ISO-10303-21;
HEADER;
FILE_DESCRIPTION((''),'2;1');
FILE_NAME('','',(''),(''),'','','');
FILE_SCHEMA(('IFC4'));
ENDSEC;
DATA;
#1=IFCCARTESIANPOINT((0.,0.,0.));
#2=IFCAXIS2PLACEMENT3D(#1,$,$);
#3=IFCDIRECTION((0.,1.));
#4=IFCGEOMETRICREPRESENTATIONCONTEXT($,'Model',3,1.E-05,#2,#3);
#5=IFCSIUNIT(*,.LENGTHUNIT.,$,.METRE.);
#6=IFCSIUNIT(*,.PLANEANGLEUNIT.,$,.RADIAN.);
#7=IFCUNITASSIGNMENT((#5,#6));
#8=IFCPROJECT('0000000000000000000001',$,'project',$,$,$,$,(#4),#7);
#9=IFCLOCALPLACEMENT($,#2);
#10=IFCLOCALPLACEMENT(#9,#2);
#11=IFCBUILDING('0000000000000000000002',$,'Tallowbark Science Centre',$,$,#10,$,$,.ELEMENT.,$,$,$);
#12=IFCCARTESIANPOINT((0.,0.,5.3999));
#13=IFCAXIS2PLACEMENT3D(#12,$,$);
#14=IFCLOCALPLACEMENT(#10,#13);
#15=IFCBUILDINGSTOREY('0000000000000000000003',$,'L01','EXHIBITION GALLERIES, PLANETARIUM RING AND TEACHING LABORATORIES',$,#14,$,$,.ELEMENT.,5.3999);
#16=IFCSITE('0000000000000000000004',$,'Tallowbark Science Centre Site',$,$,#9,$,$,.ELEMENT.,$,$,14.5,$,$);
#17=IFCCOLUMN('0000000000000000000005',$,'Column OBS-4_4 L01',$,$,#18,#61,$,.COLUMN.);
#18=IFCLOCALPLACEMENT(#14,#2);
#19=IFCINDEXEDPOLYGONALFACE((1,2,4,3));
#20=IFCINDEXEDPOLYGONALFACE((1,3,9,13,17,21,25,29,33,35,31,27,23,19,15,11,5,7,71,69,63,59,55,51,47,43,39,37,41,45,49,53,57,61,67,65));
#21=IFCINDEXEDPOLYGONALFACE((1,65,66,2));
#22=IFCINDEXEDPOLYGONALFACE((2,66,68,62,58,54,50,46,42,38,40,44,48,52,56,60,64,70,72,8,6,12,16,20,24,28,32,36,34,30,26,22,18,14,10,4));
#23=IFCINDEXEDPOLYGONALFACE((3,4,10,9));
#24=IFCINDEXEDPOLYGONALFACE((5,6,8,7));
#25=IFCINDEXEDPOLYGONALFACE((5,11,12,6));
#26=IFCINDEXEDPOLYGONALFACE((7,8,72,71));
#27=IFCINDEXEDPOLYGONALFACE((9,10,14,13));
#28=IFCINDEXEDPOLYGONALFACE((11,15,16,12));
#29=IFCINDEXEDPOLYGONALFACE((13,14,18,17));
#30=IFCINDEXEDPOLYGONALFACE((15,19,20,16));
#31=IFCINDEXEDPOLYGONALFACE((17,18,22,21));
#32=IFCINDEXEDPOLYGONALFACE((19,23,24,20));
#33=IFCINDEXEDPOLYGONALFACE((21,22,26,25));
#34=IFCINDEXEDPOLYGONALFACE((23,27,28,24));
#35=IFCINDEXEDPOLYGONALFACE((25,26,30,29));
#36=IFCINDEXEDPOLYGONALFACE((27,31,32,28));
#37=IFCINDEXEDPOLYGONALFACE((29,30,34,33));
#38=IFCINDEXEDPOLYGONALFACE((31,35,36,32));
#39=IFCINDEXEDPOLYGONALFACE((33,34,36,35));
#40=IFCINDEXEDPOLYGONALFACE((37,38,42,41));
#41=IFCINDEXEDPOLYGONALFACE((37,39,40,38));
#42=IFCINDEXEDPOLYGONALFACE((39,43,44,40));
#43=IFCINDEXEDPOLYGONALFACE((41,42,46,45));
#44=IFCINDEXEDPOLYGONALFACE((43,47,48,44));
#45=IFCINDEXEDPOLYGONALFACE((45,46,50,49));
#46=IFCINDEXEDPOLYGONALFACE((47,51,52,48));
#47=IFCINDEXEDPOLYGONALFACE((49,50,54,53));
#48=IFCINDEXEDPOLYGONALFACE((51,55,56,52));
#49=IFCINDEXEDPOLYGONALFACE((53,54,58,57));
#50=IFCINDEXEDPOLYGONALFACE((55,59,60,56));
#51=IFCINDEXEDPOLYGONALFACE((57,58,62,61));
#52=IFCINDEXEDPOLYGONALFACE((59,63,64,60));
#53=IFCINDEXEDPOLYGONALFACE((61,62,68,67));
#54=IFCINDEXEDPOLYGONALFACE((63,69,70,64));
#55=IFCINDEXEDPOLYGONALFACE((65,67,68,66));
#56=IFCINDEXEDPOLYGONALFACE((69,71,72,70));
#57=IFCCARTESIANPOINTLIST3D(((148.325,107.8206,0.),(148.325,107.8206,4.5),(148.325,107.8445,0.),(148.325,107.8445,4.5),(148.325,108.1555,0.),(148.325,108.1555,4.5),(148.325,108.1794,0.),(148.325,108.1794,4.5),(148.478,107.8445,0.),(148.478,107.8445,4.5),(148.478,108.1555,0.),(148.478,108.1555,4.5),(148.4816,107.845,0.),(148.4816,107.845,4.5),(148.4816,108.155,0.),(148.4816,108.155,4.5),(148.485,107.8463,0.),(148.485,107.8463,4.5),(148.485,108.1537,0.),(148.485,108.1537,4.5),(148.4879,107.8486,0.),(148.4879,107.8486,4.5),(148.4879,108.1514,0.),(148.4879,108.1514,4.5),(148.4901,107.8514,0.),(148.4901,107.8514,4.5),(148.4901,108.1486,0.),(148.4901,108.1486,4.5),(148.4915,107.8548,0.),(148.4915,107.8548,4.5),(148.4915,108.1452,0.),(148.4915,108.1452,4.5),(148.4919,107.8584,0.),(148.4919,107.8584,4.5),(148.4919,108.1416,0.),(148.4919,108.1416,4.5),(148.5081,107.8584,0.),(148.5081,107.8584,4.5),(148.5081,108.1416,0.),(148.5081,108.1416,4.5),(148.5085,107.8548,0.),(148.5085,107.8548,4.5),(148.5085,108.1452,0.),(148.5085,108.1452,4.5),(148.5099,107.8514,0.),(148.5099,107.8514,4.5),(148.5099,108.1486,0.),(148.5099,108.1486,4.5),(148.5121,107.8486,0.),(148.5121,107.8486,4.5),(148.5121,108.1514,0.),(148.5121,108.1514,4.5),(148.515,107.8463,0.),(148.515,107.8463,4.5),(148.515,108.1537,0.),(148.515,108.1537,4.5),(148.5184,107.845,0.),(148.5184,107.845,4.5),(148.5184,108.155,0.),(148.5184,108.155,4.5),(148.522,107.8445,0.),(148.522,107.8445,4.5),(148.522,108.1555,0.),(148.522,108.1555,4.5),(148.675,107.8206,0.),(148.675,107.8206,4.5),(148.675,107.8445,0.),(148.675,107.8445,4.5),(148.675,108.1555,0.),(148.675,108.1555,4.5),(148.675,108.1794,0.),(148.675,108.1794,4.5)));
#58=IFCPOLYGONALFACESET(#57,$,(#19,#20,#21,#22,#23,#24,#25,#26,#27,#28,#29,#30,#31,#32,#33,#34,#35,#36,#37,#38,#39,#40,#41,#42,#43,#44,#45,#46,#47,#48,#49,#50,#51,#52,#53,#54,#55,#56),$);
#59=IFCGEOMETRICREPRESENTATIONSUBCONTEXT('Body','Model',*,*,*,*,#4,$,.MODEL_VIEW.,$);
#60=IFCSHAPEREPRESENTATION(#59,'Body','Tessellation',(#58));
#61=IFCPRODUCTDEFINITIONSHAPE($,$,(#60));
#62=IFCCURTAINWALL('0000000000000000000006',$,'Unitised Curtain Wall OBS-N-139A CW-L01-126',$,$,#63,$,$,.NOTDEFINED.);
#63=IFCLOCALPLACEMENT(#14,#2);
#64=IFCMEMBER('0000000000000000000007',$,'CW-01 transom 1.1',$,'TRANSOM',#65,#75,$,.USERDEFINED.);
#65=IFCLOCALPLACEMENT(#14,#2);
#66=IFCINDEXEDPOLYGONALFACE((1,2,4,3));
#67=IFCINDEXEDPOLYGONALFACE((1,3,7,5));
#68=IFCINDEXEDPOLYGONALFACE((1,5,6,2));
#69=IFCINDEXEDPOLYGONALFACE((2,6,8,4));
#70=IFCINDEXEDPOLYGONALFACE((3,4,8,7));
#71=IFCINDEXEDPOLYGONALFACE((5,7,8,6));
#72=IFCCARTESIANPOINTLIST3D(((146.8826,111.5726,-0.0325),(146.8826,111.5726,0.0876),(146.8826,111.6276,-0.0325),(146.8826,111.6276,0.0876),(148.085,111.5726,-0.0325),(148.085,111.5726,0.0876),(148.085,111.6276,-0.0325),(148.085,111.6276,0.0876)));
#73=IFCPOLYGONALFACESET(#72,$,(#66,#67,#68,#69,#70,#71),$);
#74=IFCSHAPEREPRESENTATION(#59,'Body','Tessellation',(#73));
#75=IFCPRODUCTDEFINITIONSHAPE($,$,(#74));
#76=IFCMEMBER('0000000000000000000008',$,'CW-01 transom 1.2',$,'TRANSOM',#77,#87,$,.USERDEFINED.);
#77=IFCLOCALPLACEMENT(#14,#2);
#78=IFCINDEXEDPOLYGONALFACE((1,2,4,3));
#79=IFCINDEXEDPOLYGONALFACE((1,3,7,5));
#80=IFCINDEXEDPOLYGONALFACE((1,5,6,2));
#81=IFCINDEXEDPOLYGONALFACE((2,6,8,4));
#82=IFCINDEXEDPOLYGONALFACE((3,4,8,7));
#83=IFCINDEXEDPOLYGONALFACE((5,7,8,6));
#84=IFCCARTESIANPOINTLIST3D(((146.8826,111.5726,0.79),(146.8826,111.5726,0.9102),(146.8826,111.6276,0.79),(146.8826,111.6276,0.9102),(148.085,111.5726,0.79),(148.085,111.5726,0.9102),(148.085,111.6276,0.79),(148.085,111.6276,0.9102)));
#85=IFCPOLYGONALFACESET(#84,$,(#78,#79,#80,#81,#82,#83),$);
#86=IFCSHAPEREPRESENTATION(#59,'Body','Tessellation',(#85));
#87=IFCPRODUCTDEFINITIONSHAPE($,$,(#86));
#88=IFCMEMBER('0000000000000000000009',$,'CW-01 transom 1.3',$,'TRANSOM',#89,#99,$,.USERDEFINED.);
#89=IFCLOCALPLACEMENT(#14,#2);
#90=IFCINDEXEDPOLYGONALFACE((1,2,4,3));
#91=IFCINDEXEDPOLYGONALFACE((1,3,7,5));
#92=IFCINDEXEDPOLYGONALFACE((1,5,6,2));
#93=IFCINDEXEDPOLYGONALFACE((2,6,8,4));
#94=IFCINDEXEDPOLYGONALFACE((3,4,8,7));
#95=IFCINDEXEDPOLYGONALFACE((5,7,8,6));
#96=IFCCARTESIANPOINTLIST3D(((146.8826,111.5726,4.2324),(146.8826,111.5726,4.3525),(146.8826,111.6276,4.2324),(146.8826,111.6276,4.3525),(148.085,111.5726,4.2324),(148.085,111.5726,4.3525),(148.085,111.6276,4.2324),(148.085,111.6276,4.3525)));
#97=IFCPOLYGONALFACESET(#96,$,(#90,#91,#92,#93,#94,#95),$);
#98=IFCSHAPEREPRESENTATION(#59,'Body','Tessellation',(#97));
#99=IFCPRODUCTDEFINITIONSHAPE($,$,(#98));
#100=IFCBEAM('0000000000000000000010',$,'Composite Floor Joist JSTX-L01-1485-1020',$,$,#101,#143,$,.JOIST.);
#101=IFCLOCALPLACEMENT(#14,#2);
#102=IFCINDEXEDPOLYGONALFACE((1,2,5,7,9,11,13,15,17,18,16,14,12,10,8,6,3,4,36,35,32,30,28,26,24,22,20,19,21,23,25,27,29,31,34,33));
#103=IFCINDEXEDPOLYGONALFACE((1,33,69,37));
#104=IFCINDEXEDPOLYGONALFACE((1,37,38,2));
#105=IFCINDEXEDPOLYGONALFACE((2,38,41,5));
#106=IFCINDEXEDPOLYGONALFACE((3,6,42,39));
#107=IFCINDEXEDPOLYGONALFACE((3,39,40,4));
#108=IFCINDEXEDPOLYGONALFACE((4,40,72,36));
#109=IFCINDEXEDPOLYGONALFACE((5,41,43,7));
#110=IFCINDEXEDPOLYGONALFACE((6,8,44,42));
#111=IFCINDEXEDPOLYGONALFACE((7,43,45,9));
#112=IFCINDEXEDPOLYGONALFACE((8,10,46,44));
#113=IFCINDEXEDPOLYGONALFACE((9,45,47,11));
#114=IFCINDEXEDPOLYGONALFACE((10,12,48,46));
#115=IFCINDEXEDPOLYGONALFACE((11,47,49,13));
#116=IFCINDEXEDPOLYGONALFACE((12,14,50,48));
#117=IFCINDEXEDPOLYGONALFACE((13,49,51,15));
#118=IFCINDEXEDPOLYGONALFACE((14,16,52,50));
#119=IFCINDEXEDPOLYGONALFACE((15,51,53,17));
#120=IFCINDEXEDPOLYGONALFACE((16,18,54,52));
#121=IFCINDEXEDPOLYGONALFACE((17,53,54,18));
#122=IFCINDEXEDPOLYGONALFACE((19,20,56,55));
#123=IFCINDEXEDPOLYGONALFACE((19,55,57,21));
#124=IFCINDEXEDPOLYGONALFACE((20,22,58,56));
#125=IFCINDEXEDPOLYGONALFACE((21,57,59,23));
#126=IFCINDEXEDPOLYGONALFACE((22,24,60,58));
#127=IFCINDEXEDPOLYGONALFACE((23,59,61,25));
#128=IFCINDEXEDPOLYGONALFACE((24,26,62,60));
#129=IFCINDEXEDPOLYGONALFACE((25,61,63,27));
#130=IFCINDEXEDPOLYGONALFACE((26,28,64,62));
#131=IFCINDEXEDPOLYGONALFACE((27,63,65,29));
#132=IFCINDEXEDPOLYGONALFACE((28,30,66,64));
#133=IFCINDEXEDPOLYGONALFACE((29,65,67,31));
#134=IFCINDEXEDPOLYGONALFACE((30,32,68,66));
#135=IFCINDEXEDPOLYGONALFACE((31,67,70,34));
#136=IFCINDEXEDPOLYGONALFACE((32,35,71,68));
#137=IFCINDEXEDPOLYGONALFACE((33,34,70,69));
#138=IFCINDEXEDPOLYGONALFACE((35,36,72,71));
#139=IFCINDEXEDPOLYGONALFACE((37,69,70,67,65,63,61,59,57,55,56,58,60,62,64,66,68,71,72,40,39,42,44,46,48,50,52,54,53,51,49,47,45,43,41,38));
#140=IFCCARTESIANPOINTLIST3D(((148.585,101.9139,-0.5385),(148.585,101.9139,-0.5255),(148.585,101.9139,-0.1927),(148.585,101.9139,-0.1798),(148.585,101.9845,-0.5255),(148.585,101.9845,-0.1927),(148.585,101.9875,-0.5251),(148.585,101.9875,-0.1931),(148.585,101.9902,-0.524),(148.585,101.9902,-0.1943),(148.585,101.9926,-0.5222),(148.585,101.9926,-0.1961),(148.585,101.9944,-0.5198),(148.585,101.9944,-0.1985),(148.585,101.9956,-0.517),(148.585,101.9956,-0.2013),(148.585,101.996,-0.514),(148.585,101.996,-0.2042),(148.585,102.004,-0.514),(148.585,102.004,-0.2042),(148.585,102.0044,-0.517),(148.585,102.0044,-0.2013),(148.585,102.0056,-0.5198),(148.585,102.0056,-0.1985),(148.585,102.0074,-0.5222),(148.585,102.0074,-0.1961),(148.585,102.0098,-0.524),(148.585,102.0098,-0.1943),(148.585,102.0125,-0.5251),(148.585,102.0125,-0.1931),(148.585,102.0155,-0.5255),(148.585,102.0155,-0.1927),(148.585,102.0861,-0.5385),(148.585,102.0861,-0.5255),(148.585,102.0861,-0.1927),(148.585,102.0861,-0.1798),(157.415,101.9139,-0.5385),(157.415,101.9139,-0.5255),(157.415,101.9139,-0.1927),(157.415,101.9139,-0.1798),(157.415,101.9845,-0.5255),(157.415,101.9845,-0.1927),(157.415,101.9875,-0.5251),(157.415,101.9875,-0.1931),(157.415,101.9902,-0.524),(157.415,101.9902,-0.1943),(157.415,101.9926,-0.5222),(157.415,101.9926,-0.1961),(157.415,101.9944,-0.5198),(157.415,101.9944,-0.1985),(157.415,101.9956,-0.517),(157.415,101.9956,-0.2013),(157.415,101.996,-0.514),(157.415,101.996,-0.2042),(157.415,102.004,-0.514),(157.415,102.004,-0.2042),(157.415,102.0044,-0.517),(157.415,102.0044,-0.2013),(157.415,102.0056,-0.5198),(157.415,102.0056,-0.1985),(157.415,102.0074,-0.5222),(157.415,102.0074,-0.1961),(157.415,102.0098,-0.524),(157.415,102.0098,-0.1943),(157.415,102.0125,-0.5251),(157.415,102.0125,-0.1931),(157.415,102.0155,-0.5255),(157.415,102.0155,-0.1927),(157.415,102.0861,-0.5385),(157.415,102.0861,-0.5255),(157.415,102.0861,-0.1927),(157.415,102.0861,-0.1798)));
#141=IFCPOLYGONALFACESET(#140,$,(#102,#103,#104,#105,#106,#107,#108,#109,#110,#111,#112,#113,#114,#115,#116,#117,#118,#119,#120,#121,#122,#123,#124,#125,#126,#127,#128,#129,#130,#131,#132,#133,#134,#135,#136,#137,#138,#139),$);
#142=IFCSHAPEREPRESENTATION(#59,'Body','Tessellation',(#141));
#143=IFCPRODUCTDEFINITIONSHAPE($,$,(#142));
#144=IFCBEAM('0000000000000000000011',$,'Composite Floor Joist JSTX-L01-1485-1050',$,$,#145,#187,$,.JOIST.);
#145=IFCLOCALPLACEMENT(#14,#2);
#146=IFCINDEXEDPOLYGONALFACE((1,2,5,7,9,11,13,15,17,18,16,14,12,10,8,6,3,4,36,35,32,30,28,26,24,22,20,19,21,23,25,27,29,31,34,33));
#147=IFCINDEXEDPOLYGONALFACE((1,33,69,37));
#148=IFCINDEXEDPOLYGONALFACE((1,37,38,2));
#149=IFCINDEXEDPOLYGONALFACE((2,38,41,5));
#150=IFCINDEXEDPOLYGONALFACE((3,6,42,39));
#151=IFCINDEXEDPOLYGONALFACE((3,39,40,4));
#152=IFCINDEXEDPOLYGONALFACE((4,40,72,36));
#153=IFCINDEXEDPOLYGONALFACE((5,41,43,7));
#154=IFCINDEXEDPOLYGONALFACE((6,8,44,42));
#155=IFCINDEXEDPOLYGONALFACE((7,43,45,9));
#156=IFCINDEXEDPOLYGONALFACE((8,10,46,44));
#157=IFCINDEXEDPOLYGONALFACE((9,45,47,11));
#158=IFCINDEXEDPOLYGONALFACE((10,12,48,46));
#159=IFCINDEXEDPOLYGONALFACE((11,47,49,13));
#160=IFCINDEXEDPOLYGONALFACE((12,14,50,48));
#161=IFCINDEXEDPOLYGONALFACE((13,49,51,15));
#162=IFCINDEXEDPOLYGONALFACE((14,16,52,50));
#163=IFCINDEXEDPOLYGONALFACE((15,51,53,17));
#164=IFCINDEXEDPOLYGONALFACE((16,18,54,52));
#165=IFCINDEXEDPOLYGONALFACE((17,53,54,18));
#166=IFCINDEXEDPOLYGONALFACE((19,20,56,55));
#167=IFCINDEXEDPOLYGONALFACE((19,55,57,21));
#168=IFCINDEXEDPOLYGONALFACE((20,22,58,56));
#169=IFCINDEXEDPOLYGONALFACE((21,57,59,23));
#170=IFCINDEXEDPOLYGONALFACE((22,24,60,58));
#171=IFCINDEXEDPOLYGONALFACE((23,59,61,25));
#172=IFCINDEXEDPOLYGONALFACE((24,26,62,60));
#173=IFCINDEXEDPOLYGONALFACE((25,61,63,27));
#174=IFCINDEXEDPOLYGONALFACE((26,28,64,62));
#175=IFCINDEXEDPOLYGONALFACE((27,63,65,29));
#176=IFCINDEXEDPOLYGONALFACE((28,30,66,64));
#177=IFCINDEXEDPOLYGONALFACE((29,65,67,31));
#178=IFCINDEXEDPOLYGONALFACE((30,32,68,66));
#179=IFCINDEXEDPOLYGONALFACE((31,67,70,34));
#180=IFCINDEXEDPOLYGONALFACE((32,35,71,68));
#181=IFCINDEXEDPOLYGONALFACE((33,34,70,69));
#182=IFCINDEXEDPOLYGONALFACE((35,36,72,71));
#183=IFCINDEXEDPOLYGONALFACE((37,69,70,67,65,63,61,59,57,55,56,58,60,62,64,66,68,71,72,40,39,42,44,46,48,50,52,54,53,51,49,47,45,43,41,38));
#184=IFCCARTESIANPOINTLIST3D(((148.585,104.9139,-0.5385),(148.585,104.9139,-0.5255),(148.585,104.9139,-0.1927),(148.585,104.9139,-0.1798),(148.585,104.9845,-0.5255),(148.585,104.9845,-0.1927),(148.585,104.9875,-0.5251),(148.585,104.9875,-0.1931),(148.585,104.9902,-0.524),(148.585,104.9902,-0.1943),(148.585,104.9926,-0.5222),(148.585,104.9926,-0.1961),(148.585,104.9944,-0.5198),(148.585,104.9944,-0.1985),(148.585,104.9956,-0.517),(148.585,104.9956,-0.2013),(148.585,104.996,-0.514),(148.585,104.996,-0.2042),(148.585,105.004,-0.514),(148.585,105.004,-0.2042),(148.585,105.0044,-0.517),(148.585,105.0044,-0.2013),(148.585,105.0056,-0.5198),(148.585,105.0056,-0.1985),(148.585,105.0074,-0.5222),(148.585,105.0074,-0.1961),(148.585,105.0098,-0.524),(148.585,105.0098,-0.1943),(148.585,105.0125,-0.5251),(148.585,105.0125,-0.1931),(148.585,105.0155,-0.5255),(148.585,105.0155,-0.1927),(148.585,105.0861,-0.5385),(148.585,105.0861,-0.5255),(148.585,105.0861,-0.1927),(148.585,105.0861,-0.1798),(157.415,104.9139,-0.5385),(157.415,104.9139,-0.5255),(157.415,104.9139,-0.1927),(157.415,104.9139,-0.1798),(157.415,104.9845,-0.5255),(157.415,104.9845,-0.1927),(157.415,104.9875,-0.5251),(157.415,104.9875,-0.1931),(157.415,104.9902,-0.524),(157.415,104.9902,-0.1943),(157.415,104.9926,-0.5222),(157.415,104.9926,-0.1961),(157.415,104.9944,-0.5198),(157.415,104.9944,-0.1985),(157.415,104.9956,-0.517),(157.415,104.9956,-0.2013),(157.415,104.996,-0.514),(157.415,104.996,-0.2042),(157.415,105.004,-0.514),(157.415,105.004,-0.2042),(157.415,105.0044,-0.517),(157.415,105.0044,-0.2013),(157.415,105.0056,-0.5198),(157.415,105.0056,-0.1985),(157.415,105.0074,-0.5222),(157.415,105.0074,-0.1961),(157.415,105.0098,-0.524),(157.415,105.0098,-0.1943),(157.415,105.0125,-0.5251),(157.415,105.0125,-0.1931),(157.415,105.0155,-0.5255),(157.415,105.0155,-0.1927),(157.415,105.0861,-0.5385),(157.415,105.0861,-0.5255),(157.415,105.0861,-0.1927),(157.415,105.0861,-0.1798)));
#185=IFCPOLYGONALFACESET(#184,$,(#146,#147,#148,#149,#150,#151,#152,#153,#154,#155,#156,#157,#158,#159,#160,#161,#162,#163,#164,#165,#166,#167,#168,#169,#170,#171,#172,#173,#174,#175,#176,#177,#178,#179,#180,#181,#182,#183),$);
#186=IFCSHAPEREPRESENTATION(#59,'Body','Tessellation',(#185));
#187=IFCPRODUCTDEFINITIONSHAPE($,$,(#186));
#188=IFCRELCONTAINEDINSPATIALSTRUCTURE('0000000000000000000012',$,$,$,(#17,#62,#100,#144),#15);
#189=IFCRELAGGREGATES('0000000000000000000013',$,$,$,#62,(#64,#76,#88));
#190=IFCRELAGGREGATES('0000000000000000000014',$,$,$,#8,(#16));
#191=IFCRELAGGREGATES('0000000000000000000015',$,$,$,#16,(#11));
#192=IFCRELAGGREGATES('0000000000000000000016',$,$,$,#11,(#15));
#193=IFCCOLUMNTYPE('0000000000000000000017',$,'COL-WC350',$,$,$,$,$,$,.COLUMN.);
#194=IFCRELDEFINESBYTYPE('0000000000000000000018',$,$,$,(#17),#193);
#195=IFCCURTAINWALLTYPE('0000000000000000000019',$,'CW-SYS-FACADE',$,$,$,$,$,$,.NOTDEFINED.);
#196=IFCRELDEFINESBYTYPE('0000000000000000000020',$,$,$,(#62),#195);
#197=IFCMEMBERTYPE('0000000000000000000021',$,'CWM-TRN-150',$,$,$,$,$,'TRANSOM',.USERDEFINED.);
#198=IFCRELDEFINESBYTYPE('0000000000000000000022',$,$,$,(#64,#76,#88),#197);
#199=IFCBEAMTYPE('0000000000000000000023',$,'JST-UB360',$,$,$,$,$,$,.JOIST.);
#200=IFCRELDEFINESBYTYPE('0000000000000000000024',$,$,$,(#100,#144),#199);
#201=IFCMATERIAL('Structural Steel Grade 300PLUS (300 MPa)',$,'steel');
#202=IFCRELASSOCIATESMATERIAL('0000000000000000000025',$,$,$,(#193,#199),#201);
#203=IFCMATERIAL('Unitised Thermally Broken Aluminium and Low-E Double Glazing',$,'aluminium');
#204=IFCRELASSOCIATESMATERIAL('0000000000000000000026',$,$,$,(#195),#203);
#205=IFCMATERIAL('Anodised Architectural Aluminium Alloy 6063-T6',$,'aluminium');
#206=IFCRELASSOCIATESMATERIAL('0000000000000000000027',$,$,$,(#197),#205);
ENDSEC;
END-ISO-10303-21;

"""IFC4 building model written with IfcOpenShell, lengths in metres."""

from ifc_helpers import new_model, si_unit, direction, frame, origin, origin_2d, place, context, subcontext, project, spatial, rectangle, i_section, extrude, material, material_profile, profile_set, type_object, element, aggregate, save


model = new_model("IFC4")

# Units and contexts
model_context = context("Model", 3, precision=1e-05, world=origin(), true_north=direction((0.0, 1.0)))
body_context = subcontext(model_context, "Body", "Model", "MODEL_VIEW")
ifc_project = project(units=[si_unit("LENGTHUNIT", "METRE"), si_unit("PLANEANGLEUNIT", "RADIAN")], contexts=[model_context])

# Site, building, storey
site_placement = place(None, origin())
site = spatial("IfcSite", under=ifc_project, at=site_placement, Name="Tallowbark Science Centre Site", CompositionType="ELEMENT", RefElevation=14.5)
building_placement = place(site_placement, origin())
building = spatial("IfcBuilding", under=site, at=building_placement, Name="Tallowbark Science Centre", CompositionType="ELEMENT")
storey_placement = place(building_placement, frame((0.0, 0.0, 5.3999)))
storey = spatial("IfcBuildingStorey", under=building, at=storey_placement, Name="L01", Description="EXHIBITION GALLERIES, PLANETARIUM RING AND TEACHING LABORATORIES", CompositionType="ELEMENT", Elevation=5.3999)

# Column
ifc_material_1 = material(Name="Structural Steel Grade 300PLUS (300 MPa)", Category="steel")
ifc_material_profile_1 = material_profile(ifc_material_1, i_section(OverallWidth=0.3501, OverallDepth=0.3589, WebThickness=0.0161, FlangeThickness=0.0239, FilletRadius=0.0139, at=origin_2d()), Name="350WC197")
ifc_profile_set_1 = profile_set([ifc_material_profile_1], Name="Structural Steel Grade 300PLUS (300 MPa)")
column_type = type_object("IfcColumnType", Name="COL-WC350", PredefinedType="COLUMN", material=ifc_profile_set_1)
column_placement = place(storey_placement, frame((148.5, 108.0, 0.0), z_axis=(0.0, 0.0, 1.0), x_axis=(1.0, 0.0, 0.0)))
element("IfcColumn", 1, at=column_placement, inside=storey, type_object=column_type, Name="Column OBS-4_4 L01", PredefinedType="COLUMN", context=body_context, shape_type="SweptSolid", body=[
    extrude(i_section(OverallWidth=0.3501, OverallDepth=0.3589, WebThickness=0.0161, FlangeThickness=0.0239, FilletRadius=0.0139, at=origin_2d()), origin(), (0.0, 0.0, 1.0), 4.5),
])

# Curtain wall, members
ifc_material_2 = material(Name="Unitised Thermally Broken Aluminium and Low-E Double Glazing", Category="aluminium")
curtain_wall_type = type_object("IfcCurtainWallType", Name="CW-SYS-FACADE", PredefinedType="NOTDEFINED", material=ifc_material_2)
curtain_wall_placement = place(storey_placement, origin())
curtain_wall = element("IfcCurtainWall", 2, at=curtain_wall_placement, inside=storey, type_object=curtain_wall_type, Name="Unitised Curtain Wall OBS-N-139A CW-L01-126", PredefinedType="NOTDEFINED")
ifc_material_3 = material(Name="Anodised Architectural Aluminium Alloy 6063-T6", Category="aluminium")
ifc_material_profile_2 = material_profile(ifc_material_3, rectangle(XDim=0.0549, YDim=0.1201, at=origin_2d()), Name="ALU55x120")
ifc_profile_set_2 = profile_set([ifc_material_profile_2], Name="Anodised Architectural Aluminium Alloy 6063-T6")
member_type = type_object("IfcMemberType", Name="CWM-TRN-150", ElementType="TRANSOM", PredefinedType="USERDEFINED", material=ifc_profile_set_2)
member_1_placement = place(storey_placement, frame((148.085, 111.6001, 0.0276), z_axis=(-1.0, 0.0, 0.0), x_axis=(0.0, -1.0, 0.0)))
member_1 = element("IfcMember", 3, at=member_1_placement, type_object=member_type, Name="CW-01 transom 1.1", ObjectType="TRANSOM", PredefinedType="USERDEFINED", context=body_context, shape_type="SweptSolid", body=[
    extrude(rectangle(XDim=0.0549, YDim=0.1201, at=origin_2d()), origin(), (0.0, 0.0, 1.0), 1.2024),
])
member_2_placement = place(storey_placement, frame((148.085, 111.6001, 0.8501), z_axis=(-1.0, 0.0, 0.0), x_axis=(0.0, -1.0, 0.0)))
member_2 = element("IfcMember", 4, at=member_2_placement, type_object=member_type, Name="CW-01 transom 1.2", ObjectType="TRANSOM", PredefinedType="USERDEFINED", context=body_context, shape_type="SweptSolid", body=[
    extrude(rectangle(XDim=0.0549, YDim=0.1201, at=origin_2d()), origin(), (0.0, 0.0, 1.0), 1.2024),
])
member_3_placement = place(storey_placement, frame((148.085, 111.6001, 4.2925), z_axis=(-1.0, 0.0, 0.0), x_axis=(0.0, -1.0, 0.0)))
member_3 = element("IfcMember", 5, at=member_3_placement, type_object=member_type, Name="CW-01 transom 1.3", ObjectType="TRANSOM", PredefinedType="USERDEFINED", context=body_context, shape_type="SweptSolid", body=[
    extrude(rectangle(XDim=0.0549, YDim=0.1201, at=origin_2d()), origin(), (0.0, 0.0, 1.0), 1.2024),
])

# Beams
ifc_material_profile_3 = material_profile(ifc_material_1, i_section(OverallWidth=0.1721, OverallDepth=0.3586, WebThickness=0.0081, FlangeThickness=0.0129, FilletRadius=0.0115, at=origin_2d()), Name="360UB56.7")
ifc_profile_set_3 = profile_set([ifc_material_profile_3], Name="Structural Steel Grade 300PLUS (300 MPa)")
beam_type_1 = type_object("IfcBeamType", Name="JST-UB360", PredefinedType="JOIST", material=ifc_profile_set_3)
for number, where, z_axis, x_axis, name in (
    (6, (148.585, 102.0, -0.3591), (1.0, 0.0, 0.0), (0.0, 1.0, 0.0), "Composite Floor Joist JSTX-L01-1485-1020"),
    (7, (148.585, 105.0, -0.3591), (1.0, 0.0, 0.0), (0.0, 1.0, 0.0), "Composite Floor Joist JSTX-L01-1485-1050"),
):
    element("IfcBeam", number, at=place(storey_placement, frame(where, z_axis=z_axis, x_axis=x_axis)), inside=storey, type_object=beam_type_1, Name=name, PredefinedType="JOIST", context=body_context, shape_type="SweptSolid", body=[
        extrude(i_section(OverallWidth=0.1721, OverallDepth=0.3586, WebThickness=0.0081, FlangeThickness=0.0129, FilletRadius=0.0115, at=origin_2d()), origin(), (0.0, 0.0, 1.0), 8.8301),
    ])

aggregate(curtain_wall, [member_1, member_2, member_3])

save(model, "model.ifc")
